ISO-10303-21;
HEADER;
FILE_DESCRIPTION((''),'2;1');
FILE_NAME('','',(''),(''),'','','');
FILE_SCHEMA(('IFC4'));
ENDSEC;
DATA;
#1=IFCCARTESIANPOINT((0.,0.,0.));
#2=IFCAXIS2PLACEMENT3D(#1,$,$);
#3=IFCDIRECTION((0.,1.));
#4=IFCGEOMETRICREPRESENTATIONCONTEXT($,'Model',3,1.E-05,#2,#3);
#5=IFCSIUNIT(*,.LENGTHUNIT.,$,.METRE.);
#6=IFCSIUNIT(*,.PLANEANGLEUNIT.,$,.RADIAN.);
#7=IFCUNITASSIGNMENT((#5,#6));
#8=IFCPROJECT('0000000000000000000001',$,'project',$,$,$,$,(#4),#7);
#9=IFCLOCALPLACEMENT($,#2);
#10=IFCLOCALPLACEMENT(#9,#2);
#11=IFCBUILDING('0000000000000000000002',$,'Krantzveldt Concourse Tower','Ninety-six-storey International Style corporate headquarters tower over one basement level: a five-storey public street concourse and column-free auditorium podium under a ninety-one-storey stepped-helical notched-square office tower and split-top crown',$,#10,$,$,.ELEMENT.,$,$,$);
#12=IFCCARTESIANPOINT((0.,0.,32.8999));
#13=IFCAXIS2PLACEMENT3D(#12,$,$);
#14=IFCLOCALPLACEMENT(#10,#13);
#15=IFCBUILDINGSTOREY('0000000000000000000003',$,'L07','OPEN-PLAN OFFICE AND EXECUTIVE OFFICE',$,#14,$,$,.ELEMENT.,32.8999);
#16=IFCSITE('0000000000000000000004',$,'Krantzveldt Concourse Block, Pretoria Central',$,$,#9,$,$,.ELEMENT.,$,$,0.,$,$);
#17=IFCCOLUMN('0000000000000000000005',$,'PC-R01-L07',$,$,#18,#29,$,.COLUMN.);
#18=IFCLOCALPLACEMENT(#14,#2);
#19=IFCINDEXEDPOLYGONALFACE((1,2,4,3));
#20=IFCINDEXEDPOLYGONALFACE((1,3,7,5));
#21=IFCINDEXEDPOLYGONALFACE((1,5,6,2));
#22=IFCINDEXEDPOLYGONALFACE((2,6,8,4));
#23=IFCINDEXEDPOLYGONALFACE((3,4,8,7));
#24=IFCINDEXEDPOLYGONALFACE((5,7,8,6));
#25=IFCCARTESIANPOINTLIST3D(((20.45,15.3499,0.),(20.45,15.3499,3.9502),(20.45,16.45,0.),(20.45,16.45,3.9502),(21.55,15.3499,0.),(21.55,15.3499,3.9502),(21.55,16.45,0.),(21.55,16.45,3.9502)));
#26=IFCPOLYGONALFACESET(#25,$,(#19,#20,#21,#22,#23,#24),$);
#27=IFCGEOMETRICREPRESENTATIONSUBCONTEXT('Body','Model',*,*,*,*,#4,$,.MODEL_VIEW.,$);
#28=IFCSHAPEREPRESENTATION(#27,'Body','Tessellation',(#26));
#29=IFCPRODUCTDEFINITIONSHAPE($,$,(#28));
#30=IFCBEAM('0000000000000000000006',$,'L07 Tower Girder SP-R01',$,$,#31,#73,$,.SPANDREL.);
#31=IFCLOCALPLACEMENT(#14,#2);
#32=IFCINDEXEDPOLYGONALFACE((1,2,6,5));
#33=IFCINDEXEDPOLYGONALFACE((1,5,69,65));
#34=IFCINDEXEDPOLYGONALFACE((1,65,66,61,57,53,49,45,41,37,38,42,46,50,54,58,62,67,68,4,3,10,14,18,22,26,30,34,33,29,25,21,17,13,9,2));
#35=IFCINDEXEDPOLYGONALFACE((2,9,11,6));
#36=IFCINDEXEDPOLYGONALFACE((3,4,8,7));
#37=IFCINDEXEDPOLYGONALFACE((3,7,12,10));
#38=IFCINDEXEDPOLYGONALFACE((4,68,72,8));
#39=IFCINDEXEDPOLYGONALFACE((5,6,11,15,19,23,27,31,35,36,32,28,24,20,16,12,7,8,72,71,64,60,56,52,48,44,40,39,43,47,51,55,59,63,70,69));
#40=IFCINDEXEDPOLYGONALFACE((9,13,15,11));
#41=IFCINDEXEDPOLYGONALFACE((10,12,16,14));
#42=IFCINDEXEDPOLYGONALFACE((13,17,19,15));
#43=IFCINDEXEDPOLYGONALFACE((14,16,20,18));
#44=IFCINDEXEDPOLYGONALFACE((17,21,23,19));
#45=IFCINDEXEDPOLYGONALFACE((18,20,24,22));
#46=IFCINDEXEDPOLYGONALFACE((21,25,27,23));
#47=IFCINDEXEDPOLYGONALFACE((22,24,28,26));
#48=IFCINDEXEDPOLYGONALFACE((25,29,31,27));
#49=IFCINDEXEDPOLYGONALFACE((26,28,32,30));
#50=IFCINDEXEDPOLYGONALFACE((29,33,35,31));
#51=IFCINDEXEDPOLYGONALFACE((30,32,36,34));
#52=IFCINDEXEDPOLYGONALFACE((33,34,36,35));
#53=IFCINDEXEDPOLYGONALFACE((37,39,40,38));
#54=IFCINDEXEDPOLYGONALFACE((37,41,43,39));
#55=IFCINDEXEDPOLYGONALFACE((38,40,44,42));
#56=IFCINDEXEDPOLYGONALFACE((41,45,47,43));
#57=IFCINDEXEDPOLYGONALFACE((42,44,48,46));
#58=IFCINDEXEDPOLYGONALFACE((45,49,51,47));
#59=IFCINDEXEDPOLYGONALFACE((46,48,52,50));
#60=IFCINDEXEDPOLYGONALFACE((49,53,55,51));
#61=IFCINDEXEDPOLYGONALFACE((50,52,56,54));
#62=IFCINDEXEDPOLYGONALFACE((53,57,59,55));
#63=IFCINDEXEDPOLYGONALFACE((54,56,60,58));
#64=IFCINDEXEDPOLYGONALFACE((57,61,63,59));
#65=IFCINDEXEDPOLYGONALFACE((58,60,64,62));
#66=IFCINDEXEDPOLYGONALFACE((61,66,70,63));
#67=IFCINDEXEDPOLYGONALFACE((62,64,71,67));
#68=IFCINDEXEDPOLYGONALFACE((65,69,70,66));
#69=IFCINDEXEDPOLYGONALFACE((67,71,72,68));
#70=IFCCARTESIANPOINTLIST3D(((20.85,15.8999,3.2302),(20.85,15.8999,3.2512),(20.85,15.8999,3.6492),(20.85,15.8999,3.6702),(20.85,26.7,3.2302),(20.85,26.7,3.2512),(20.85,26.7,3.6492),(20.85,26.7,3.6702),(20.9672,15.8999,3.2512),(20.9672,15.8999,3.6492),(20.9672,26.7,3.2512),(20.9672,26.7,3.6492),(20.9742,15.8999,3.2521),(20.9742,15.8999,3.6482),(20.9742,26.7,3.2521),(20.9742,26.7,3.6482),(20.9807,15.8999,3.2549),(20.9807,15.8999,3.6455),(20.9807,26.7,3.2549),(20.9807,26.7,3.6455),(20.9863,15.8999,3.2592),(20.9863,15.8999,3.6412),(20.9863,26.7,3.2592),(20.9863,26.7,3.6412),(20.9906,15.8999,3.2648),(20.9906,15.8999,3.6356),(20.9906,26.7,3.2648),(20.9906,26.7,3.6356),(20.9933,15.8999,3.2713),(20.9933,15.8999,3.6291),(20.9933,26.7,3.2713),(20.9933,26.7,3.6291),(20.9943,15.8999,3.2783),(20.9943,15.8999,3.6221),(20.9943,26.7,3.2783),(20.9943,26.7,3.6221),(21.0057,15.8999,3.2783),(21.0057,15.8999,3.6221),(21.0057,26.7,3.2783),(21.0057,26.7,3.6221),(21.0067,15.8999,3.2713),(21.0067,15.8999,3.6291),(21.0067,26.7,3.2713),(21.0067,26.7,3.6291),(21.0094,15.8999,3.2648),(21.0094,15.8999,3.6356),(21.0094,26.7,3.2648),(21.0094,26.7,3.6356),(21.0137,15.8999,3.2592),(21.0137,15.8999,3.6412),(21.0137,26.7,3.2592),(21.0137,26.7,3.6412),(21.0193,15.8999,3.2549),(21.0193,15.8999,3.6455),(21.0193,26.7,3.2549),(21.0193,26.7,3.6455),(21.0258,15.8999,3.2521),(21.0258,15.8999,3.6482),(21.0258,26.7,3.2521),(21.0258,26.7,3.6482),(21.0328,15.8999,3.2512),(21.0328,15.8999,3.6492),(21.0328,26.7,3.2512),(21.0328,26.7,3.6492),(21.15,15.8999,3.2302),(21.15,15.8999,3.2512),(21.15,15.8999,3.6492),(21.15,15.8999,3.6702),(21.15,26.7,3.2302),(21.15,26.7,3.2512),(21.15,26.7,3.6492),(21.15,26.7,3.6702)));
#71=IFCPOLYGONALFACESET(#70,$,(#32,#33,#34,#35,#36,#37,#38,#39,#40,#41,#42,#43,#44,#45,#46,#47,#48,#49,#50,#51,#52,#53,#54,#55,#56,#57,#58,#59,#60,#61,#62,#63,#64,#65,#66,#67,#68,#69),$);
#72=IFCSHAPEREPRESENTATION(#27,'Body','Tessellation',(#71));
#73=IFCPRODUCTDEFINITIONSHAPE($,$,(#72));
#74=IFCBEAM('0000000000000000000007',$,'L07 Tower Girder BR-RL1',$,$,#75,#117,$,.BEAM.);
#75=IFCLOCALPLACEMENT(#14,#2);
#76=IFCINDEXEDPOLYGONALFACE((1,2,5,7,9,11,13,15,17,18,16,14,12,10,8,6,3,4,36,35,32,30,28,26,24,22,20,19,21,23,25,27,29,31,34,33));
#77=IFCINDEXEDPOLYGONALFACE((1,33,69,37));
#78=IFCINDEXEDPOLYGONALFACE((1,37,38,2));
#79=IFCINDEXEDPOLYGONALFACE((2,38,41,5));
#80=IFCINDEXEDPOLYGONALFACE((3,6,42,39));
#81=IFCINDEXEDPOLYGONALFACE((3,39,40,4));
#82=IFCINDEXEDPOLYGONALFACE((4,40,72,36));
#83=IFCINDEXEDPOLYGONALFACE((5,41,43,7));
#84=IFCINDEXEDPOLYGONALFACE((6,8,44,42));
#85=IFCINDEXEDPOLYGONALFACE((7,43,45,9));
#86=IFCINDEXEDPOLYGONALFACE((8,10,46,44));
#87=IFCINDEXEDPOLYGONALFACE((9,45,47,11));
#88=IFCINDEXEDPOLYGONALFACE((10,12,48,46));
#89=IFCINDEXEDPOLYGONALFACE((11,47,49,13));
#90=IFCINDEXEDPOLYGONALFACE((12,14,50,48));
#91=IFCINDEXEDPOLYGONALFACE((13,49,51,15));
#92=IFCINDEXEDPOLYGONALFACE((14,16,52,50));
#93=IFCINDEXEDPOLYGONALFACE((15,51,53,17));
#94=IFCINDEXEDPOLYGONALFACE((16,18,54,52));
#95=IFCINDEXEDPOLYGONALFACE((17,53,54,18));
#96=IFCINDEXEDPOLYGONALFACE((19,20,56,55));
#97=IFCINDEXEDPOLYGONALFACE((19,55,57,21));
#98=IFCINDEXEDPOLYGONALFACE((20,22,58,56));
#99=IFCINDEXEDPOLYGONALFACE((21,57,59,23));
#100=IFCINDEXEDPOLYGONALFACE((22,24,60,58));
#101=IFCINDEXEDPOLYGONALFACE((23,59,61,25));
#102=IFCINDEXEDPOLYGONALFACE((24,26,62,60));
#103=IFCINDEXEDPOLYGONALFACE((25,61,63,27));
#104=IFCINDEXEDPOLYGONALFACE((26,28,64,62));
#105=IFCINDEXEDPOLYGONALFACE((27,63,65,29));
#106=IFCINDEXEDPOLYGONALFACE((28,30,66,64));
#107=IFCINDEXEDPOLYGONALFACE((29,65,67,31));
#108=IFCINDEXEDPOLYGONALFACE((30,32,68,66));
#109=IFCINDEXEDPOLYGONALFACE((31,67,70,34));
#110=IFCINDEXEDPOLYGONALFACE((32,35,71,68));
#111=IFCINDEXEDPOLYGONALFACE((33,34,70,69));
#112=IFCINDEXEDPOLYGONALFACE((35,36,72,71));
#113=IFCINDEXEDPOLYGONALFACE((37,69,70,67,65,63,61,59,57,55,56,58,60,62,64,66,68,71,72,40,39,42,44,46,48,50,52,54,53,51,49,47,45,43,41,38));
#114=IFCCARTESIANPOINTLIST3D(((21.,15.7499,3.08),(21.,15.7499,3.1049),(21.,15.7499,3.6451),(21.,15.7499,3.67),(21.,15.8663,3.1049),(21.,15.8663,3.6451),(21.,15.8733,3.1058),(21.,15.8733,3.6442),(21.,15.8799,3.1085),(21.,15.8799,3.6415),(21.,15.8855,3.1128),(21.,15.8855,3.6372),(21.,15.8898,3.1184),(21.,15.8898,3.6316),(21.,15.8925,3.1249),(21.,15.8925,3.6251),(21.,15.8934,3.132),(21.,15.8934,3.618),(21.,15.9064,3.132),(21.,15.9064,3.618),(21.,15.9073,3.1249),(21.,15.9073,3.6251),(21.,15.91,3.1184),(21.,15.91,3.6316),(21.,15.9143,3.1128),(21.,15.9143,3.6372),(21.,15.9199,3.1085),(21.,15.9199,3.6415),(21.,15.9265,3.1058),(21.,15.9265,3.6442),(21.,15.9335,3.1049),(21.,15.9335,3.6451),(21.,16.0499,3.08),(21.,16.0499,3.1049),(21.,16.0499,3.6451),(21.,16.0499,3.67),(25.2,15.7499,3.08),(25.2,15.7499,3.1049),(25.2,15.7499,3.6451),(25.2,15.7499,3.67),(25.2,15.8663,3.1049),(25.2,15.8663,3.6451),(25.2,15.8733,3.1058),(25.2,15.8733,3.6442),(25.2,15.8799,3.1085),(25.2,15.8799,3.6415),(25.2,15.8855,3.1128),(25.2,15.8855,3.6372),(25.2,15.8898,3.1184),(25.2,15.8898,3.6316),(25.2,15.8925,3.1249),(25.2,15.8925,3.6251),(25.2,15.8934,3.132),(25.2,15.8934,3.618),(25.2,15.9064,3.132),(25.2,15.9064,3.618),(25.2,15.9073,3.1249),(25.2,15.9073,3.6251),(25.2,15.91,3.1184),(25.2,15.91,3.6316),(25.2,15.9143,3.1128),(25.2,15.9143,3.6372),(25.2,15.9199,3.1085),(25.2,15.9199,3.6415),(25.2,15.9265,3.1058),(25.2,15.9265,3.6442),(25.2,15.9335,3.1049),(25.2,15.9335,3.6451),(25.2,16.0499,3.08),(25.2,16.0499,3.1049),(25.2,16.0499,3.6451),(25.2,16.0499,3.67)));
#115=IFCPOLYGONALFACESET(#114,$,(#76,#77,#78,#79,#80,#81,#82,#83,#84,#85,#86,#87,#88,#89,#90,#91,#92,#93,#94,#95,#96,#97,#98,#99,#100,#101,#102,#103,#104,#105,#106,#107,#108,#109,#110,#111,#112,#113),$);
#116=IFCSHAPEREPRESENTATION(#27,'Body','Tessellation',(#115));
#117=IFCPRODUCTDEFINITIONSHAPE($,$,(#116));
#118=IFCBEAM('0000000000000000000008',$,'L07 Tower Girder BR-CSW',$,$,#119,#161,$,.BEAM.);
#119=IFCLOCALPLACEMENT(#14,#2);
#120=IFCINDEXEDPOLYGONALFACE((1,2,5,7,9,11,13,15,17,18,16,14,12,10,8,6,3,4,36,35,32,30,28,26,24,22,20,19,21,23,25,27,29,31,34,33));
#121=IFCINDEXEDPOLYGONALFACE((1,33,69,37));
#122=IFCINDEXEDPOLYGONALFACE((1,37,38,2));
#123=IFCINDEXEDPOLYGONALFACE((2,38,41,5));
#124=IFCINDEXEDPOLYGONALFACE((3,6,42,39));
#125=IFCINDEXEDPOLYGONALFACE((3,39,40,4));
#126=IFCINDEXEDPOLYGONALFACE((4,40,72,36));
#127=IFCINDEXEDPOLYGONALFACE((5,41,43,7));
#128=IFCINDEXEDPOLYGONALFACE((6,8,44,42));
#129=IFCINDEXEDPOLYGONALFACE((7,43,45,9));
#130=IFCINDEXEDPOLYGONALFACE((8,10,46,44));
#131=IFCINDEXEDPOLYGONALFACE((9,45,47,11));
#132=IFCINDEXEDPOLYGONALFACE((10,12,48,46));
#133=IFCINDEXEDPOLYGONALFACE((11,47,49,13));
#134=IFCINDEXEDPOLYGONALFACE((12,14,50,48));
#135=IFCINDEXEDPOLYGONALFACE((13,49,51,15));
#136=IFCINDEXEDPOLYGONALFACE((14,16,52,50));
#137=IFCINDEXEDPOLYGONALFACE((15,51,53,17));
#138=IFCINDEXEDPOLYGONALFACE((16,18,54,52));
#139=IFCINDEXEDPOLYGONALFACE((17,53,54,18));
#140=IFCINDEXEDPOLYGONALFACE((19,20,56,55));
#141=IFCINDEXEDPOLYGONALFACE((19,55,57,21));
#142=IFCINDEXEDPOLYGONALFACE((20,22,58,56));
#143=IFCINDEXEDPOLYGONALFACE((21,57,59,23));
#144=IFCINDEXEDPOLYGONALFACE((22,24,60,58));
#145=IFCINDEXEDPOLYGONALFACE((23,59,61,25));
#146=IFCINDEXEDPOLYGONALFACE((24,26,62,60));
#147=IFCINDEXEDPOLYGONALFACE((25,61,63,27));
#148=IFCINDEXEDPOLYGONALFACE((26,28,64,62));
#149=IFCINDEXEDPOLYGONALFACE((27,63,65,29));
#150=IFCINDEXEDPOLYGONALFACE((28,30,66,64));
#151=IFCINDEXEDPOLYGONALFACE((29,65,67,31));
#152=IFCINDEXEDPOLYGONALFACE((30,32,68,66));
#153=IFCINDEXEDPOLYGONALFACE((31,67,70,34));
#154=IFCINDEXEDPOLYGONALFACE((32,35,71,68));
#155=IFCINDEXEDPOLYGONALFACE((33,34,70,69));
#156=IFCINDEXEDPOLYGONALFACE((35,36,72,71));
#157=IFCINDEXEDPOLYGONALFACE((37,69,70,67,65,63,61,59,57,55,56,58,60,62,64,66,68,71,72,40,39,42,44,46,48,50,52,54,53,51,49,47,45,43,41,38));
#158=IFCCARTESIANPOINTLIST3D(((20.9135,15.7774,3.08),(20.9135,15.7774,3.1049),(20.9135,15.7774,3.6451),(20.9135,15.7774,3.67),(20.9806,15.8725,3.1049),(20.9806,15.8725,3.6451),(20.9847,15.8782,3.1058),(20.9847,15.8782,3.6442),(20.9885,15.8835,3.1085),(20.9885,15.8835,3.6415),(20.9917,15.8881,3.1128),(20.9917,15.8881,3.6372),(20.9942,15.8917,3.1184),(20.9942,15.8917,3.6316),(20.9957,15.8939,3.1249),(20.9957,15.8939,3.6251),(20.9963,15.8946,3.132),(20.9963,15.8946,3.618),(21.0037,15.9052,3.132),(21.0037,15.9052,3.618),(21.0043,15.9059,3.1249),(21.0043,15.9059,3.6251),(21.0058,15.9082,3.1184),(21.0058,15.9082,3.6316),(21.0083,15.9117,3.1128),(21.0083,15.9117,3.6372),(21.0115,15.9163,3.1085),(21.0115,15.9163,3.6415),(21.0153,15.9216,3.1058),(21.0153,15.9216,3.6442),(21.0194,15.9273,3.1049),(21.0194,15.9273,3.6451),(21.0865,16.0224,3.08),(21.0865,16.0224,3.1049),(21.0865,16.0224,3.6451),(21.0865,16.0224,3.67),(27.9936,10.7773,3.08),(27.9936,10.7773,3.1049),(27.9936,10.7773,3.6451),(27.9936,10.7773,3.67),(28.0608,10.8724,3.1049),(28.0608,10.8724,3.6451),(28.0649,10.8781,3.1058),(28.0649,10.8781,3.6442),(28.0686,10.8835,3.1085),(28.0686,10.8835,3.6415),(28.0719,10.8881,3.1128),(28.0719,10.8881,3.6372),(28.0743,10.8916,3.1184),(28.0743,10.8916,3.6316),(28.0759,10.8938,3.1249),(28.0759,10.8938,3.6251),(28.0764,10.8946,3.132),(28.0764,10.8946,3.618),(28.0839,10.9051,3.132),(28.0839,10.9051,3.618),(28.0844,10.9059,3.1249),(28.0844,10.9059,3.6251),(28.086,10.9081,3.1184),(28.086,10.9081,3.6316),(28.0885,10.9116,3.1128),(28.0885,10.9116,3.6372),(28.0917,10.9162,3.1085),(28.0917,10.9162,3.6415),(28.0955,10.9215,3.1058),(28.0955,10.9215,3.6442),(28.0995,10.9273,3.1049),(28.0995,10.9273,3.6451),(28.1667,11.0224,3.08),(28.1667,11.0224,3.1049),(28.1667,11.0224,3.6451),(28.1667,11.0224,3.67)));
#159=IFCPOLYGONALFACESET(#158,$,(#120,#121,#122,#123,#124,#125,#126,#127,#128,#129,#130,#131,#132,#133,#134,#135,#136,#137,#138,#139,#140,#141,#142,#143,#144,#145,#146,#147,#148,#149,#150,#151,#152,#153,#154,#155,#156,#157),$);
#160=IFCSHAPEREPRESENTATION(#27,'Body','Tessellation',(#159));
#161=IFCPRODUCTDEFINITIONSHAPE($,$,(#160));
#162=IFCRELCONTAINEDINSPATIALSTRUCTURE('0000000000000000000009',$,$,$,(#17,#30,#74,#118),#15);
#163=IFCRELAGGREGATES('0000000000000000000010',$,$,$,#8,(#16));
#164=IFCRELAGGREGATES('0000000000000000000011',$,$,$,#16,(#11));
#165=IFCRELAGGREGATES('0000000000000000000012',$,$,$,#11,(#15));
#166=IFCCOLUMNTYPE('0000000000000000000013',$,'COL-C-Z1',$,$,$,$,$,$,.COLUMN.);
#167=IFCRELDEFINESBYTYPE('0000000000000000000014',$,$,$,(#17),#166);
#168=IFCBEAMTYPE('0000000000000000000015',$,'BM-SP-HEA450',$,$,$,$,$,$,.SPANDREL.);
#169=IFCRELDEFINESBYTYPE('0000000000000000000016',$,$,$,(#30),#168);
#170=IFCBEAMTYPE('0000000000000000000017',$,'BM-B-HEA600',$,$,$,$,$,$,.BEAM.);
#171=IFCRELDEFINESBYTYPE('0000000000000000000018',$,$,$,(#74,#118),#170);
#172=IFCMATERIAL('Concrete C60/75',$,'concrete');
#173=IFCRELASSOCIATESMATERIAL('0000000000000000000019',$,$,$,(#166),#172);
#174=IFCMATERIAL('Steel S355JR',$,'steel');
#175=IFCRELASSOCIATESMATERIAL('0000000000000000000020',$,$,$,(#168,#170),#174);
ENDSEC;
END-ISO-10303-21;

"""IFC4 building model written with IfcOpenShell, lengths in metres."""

from ifc_helpers import new_model, si_unit, direction, frame, origin, origin_2d, place, context, subcontext, project, spatial, rectangle, i_section, extrude, source, transform, mapped, material, material_profile, profile_set, type_object, type_shapes, element, save


model = new_model("IFC4")

# Units and contexts
model_context = context("Model", 3, precision=1e-05, world=origin(), true_north=direction((0.0, 1.0)))
body_context = subcontext(model_context, "Body", "Model", "MODEL_VIEW")
ifc_project = project(units=[si_unit("LENGTHUNIT", "METRE"), si_unit("PLANEANGLEUNIT", "RADIAN")], contexts=[model_context])

# Site, building, storey
site_placement = place(None, origin())
site = spatial("IfcSite", under=ifc_project, at=site_placement, Name="Krantzveldt Concourse Block, Pretoria Central", CompositionType="ELEMENT", RefElevation=0.0)
building_placement = place(site_placement, origin())
building = spatial("IfcBuilding", under=site, at=building_placement, Name="Krantzveldt Concourse Tower", Description="Ninety-six-storey International Style corporate headquarters tower over one basement level: a five-storey public street concourse and column-free auditorium podium under a ninety-one-storey stepped-helical notched-square office tower and split-top crown", CompositionType="ELEMENT")
storey_placement = place(building_placement, frame((0.0, 0.0, 32.8999)))
storey = spatial("IfcBuildingStorey", under=building, at=storey_placement, Name="L07", Description="OPEN-PLAN OFFICE AND EXECUTIVE OFFICE", CompositionType="ELEMENT", Elevation=32.8999)

# Column
ifc_material_1 = material(Name="Concrete C60/75", Category="concrete")
ifc_material_profile_1 = material_profile(ifc_material_1, rectangle(XDim=1.1001, YDim=1.1001, at=origin_2d()), Name="Concrete C60/75", Category="concrete")
ifc_profile_set_1 = profile_set([ifc_material_profile_1], Name="Concrete C60/75 - RC 1100x1100")
column_type = type_object("IfcColumnType", Name="COL-C-Z1", PredefinedType="COLUMN", material=ifc_profile_set_1)
shared_shape_1 = source(origin(), body_context, "Body", "SweptSolid", [
    extrude(rectangle(XDim=1.1001, YDim=1.1001, at=origin_2d()), origin(), (0.0, 0.0, 1.0), 3.9502),
])
type_shapes(column_type, [shared_shape_1])
column_placement = place(storey_placement, frame((21.0, 15.8999, 0.0), z_axis=(0.0, 0.0, 1.0), x_axis=(1.0, 0.0, 0.0)))
element("IfcColumn", 1, at=column_placement, inside=storey, type_object=column_type, Name="PC-R01-L07", PredefinedType="COLUMN", context=body_context, shape_type="MappedRepresentation", body=[
    mapped(shared_shape_1, transform((0.0, 0.0, 0.0), x_axis=(1.0, 0.0, 0.0), y_axis=(0.0, 1.0, 0.0), z_axis=(0.0, 0.0, 1.0), scale=1.0)),
])

# Beams
ifc_material_2 = material(Name="Steel S355JR", Category="steel")
ifc_material_profile_2 = material_profile(ifc_material_2, i_section(OverallWidth=0.3, OverallDepth=0.4399, WebThickness=0.0115, FlangeThickness=0.021, FilletRadius=0.0271, at=origin_2d()), Name="Steel S355JR", Category="steel")
ifc_profile_set_2 = profile_set([ifc_material_profile_2], Name="Steel S355JR - HEA 450")
beam_type_1 = type_object("IfcBeamType", Name="BM-SP-HEA450", PredefinedType="SPANDREL", material=ifc_profile_set_2)
shared_shape_2 = source(origin(), body_context, "Body", "SweptSolid", [
    extrude(i_section(OverallWidth=0.3, OverallDepth=0.4399, WebThickness=0.0115, FlangeThickness=0.021, FilletRadius=0.0271, at=origin_2d()), origin(), (0.0, 0.0, 1.0), 10.8),
])
type_shapes(beam_type_1, [shared_shape_2])
beam_1_placement = place(storey_placement, frame((21.0, 15.8999, 3.4502), z_axis=(0.0, 1.0, 0.0), x_axis=(-1.0, 0.0, 0.0)))
element("IfcBeam", 2, at=beam_1_placement, inside=storey, type_object=beam_type_1, Name="L07 Tower Girder SP-R01", PredefinedType="SPANDREL", context=body_context, shape_type="MappedRepresentation", body=[
    mapped(shared_shape_2, transform((0.0, 0.0, 0.0), x_axis=(1.0, 0.0, 0.0), y_axis=(0.0, 1.0, 0.0), z_axis=(0.0, 0.0, 1.0), scale=1.0)),
])
ifc_material_profile_3 = material_profile(ifc_material_2, i_section(OverallWidth=0.3, OverallDepth=0.5901, WebThickness=0.0129, FlangeThickness=0.0249, FilletRadius=0.0271, at=origin_2d()), Name="Steel S355JR", Category="steel")
ifc_profile_set_3 = profile_set([ifc_material_profile_3], Name="Steel S355JR - HEA 600")
beam_type_2 = type_object("IfcBeamType", Name="BM-B-HEA600", PredefinedType="BEAM", material=ifc_profile_set_3)
shared_shape_3 = source(origin(), body_context, "Body", "SweptSolid", [
    extrude(i_section(OverallWidth=0.3, OverallDepth=0.5901, WebThickness=0.0129, FlangeThickness=0.0249, FilletRadius=0.0271, at=origin_2d()), origin(), (0.0, 0.0, 1.0), 4.2),
])
beam_2_placement = place(storey_placement, frame((21.0, 15.8999, 3.375), z_axis=(1.0, 0.0, 0.0), x_axis=(0.0, 1.0, 0.0)))
element("IfcBeam", 3, at=beam_2_placement, inside=storey, type_object=beam_type_2, Name="L07 Tower Girder BR-RL1", PredefinedType="BEAM", context=body_context, shape_type="MappedRepresentation", body=[
    mapped(shared_shape_3, transform((0.0, 0.0, 0.0), x_axis=(1.0, 0.0, 0.0), y_axis=(0.0, 1.0, 0.0), z_axis=(0.0, 0.0, 1.0), scale=1.0)),
])
shared_shape_4 = source(origin(), body_context, "Body", "SweptSolid", [
    extrude(i_section(OverallWidth=0.3, OverallDepth=0.5901, WebThickness=0.0129, FlangeThickness=0.0249, FilletRadius=0.0271, at=origin_2d()), origin(), (0.0, 0.0, 1.0), 8.6677),
])
type_shapes(beam_type_2, [shared_shape_3, shared_shape_4])
beam_3_placement = place(storey_placement, frame((21.0, 15.8999, 3.375), z_axis=(0.816843, -0.57686, 0.0), x_axis=(0.57686, 0.816843, 0.0)))
element("IfcBeam", 4, at=beam_3_placement, inside=storey, type_object=beam_type_2, Name="L07 Tower Girder BR-CSW", PredefinedType="BEAM", context=body_context, shape_type="MappedRepresentation", body=[
    mapped(shared_shape_4, transform((0.0, 0.0, 0.0), x_axis=(1.0, 0.0, 0.0), y_axis=(0.0, 1.0, 0.0), z_axis=(0.0, 0.0, 1.0), scale=1.0)),
])

save(model, "model.ifc")
